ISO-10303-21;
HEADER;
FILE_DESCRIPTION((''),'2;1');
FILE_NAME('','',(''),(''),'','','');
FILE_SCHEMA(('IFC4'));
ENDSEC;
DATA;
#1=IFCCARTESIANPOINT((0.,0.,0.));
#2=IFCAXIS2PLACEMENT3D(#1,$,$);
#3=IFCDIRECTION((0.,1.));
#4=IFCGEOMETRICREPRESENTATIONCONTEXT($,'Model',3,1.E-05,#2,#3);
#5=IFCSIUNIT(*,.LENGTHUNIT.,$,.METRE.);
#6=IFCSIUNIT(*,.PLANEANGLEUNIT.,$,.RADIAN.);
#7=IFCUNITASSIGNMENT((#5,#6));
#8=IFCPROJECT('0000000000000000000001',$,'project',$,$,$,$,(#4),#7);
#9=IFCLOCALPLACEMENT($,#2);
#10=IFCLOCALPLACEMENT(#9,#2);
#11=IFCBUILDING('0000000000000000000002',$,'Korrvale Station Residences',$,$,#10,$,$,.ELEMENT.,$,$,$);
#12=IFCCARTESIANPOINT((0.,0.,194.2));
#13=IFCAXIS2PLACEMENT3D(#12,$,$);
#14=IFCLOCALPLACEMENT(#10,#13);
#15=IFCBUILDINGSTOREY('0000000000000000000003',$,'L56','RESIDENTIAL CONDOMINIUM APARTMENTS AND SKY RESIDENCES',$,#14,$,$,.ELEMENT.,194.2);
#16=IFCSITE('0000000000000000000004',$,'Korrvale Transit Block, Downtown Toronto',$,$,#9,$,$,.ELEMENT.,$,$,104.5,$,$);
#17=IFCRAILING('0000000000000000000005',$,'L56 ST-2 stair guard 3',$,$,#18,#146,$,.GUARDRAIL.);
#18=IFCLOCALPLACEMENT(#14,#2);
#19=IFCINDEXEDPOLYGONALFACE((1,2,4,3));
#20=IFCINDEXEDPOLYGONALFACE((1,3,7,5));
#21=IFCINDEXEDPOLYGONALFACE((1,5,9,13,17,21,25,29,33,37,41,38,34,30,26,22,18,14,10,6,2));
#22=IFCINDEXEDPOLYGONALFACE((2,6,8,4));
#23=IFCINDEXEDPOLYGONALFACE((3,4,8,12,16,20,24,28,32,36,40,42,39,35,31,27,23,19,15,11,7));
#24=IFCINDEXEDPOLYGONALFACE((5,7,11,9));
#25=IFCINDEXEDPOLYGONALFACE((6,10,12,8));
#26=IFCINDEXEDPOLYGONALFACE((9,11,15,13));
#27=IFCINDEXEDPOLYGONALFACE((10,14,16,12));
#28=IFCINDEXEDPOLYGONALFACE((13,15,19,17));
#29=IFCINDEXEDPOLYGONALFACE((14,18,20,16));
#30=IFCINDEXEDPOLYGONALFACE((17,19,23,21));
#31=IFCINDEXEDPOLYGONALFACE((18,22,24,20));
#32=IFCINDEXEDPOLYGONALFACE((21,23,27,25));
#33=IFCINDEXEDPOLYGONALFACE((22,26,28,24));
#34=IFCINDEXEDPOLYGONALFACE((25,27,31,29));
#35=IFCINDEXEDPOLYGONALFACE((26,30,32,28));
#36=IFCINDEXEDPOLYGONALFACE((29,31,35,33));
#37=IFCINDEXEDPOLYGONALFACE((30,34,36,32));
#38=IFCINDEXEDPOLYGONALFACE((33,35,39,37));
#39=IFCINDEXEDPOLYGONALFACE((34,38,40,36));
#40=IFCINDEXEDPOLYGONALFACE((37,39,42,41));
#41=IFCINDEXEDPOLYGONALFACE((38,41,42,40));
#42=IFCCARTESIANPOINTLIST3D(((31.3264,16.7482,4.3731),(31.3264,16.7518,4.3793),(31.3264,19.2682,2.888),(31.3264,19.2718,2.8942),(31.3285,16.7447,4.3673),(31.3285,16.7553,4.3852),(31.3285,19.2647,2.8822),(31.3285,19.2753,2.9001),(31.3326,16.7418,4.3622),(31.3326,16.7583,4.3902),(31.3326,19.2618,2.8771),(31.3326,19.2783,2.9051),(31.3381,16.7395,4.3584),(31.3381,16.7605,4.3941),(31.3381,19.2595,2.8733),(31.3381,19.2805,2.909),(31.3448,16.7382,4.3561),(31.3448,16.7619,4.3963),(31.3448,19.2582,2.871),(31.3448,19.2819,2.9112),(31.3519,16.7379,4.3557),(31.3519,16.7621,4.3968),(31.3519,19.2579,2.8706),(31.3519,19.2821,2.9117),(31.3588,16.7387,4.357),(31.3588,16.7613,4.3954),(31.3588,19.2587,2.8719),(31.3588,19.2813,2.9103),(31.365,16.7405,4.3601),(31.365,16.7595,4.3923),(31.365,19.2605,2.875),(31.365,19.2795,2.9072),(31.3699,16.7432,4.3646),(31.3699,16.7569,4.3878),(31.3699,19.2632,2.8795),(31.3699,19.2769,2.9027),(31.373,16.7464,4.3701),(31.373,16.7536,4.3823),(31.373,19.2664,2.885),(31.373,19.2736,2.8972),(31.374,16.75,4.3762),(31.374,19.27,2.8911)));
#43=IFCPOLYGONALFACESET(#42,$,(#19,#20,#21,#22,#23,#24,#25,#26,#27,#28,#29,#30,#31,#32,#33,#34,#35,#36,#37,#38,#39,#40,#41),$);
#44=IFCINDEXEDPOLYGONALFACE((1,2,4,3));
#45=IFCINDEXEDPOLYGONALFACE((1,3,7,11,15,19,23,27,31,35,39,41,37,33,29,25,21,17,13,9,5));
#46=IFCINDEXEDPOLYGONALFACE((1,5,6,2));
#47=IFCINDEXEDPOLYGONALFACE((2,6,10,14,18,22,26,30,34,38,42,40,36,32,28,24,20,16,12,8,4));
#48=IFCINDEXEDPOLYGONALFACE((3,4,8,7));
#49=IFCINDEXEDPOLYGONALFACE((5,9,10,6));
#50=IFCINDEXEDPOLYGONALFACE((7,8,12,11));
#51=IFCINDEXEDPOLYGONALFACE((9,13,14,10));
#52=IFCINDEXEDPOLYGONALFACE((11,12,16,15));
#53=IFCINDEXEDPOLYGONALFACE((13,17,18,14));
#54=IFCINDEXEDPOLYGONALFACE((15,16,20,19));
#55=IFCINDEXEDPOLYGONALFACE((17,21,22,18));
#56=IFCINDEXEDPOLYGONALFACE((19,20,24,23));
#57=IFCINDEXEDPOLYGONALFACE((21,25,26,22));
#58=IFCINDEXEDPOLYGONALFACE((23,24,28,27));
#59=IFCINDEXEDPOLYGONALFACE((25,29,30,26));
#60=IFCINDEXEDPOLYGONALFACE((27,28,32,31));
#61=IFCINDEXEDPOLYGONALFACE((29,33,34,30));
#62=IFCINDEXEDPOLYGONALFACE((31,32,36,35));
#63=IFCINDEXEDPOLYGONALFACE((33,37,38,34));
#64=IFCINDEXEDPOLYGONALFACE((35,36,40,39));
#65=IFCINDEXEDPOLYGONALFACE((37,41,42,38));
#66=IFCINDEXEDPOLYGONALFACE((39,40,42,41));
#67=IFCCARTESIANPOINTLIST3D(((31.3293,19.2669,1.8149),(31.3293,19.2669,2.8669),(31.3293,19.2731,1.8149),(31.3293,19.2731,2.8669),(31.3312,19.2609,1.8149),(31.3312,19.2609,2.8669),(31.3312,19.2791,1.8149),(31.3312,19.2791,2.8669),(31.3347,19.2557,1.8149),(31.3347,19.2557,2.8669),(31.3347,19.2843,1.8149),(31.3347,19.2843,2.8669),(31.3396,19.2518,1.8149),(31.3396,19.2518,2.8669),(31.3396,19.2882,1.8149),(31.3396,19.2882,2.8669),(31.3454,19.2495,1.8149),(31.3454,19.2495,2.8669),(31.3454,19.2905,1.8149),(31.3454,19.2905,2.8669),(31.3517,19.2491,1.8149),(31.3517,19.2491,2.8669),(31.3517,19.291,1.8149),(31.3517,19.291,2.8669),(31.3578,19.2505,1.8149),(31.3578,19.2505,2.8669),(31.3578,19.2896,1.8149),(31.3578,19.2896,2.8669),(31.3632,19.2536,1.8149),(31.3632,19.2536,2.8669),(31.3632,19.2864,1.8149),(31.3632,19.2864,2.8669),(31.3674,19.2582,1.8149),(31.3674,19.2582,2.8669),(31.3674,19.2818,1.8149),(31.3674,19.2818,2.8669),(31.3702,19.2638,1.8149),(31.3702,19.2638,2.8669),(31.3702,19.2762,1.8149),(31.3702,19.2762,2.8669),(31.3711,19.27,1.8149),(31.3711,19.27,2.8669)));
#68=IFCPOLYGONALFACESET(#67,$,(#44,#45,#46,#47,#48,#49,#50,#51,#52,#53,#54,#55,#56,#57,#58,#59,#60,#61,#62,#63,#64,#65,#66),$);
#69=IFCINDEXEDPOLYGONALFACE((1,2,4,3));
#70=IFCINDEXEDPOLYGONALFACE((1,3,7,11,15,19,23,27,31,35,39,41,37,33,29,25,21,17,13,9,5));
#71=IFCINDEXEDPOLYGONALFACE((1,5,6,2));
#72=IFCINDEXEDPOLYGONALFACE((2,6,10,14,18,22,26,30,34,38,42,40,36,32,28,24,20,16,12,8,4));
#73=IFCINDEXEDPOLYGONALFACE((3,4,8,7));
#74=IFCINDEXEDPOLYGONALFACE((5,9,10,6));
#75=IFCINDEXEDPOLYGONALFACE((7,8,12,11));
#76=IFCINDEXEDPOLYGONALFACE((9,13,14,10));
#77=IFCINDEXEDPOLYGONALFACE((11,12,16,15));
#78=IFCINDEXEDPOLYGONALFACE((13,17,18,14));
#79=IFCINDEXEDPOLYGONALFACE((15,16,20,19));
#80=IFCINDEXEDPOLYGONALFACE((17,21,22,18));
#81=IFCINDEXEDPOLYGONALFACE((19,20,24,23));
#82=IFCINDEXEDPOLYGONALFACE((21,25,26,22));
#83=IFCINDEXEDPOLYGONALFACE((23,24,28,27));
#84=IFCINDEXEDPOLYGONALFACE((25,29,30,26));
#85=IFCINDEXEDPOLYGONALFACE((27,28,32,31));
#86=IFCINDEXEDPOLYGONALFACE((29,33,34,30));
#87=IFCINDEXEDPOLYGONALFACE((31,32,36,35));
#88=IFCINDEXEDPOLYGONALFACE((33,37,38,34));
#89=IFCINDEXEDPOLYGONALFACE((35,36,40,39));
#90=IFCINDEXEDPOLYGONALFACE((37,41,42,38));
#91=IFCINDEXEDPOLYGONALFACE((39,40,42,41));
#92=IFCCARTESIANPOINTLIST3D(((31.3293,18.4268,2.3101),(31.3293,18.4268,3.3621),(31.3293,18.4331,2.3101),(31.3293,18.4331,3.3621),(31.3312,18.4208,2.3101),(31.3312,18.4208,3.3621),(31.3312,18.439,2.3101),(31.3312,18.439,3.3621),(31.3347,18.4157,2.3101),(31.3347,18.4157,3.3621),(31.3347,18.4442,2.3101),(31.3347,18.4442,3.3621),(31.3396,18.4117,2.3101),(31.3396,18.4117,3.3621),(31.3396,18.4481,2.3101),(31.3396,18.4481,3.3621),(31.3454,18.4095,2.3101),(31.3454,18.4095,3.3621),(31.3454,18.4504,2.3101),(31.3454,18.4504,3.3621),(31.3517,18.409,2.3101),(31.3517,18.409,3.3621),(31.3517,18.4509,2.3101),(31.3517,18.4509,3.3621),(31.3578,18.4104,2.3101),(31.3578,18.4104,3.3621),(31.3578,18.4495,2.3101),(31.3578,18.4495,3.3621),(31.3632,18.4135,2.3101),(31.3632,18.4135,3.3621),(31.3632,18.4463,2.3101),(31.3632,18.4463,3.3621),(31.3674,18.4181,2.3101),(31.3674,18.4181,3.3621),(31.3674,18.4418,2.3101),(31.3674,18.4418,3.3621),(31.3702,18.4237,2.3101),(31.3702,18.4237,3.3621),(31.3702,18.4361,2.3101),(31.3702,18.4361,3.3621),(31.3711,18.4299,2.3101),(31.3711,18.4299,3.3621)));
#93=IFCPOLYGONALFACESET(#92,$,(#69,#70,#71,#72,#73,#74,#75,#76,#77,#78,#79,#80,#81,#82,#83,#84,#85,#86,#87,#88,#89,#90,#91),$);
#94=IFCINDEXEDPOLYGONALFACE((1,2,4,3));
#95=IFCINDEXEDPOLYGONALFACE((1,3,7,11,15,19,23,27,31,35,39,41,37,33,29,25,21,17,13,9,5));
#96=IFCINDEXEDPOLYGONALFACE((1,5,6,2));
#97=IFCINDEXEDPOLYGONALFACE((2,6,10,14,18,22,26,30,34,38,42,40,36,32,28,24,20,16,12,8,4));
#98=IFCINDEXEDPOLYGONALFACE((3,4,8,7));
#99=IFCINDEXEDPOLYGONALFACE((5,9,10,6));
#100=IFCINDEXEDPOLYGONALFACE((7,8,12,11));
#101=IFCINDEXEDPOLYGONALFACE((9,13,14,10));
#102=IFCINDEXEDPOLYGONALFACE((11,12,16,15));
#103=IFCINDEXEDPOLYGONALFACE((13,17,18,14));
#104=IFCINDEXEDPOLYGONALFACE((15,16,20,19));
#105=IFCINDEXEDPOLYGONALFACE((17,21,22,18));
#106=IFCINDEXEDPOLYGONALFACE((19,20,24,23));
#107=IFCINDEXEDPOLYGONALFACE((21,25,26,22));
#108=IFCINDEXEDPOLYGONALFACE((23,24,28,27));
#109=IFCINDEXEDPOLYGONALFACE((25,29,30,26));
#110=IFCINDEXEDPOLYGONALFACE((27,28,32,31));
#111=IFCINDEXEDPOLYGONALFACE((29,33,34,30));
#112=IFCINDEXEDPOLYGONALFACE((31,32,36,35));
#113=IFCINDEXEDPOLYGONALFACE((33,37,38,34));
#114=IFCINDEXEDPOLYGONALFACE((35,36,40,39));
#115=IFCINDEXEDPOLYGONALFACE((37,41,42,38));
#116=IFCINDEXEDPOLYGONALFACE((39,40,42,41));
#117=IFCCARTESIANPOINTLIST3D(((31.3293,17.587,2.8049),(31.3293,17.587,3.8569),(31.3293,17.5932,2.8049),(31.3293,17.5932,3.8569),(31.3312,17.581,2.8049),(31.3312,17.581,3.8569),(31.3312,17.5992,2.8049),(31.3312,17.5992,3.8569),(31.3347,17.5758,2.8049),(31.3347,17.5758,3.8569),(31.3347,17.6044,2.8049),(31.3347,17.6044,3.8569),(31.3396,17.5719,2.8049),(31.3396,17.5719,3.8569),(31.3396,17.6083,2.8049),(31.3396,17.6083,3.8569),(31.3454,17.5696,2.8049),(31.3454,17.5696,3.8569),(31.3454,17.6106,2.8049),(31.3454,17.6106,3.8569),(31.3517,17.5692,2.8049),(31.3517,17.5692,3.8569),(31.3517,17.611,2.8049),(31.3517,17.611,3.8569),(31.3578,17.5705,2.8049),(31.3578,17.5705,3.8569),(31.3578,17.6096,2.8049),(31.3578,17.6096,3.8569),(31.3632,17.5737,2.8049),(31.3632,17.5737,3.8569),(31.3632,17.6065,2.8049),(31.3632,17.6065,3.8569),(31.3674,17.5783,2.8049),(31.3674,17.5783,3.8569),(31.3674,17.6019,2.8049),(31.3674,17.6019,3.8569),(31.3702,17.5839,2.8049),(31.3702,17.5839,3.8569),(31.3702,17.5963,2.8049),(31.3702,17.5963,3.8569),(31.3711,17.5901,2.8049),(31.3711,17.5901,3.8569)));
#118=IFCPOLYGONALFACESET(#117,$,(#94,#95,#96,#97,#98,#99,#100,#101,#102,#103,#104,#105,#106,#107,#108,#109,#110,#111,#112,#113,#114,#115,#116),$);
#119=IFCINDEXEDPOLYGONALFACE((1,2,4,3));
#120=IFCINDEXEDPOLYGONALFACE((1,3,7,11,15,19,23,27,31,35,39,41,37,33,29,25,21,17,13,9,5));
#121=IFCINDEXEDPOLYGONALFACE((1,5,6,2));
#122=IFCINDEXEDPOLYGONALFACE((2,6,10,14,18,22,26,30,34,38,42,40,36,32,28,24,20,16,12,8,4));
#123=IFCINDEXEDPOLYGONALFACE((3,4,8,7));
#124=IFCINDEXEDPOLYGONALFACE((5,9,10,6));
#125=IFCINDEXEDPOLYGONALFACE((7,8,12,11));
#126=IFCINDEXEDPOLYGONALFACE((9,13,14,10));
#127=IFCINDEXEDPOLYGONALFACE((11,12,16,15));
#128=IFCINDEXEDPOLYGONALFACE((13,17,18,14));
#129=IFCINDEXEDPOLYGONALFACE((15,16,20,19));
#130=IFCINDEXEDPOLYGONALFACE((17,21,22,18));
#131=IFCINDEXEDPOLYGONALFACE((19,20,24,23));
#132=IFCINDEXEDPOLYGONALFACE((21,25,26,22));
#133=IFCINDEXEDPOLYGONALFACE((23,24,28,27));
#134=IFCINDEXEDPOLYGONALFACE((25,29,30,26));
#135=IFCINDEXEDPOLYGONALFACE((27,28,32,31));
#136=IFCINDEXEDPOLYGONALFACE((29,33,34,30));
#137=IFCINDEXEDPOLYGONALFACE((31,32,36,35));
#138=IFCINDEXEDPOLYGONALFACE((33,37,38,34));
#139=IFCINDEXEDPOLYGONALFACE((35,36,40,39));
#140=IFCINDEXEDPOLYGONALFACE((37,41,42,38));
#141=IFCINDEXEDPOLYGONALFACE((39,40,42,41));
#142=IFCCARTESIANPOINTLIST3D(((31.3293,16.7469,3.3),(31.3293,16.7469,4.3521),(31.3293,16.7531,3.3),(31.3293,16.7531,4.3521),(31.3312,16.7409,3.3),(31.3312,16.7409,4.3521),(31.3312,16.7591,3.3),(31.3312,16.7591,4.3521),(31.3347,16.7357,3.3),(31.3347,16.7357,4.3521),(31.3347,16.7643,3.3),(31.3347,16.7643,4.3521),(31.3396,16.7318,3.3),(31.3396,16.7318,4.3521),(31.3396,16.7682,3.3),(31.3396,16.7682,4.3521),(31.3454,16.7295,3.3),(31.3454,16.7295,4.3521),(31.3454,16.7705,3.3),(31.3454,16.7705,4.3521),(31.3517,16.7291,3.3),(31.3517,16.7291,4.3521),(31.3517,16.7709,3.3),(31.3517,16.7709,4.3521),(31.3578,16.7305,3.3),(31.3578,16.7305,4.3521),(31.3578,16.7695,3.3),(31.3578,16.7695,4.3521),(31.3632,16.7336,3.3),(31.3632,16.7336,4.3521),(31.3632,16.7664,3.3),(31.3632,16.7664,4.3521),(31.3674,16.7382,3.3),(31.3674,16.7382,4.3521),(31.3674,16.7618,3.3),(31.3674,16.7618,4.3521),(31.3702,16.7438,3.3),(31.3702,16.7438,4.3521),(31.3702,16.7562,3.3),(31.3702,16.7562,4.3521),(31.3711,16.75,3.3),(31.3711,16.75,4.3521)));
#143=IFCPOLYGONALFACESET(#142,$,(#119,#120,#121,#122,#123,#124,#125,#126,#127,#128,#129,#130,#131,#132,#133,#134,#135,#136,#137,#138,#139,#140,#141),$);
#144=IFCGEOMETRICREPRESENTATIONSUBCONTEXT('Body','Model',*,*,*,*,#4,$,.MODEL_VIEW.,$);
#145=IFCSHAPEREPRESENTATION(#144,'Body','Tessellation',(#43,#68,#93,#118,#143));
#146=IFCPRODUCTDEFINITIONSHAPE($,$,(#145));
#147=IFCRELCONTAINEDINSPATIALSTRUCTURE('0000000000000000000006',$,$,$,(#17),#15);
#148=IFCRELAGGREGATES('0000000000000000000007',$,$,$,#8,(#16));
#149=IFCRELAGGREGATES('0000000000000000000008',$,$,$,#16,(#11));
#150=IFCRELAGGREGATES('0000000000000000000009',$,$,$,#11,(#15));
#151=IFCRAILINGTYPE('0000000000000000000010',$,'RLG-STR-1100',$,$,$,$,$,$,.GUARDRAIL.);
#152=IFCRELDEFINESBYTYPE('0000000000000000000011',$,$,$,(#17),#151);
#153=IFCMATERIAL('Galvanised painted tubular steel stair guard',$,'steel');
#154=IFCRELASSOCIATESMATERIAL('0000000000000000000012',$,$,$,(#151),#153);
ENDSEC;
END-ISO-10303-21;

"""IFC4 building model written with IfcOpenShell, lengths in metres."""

from ifc_helpers import new_model, si_unit, direction, frame, origin, origin_2d, place, context, subcontext, project, spatial, circle, extrude, material, type_object, element, save


model = new_model("IFC4")

# Units and contexts
model_context = context("Model", 3, precision=1e-05, world=origin(), true_north=direction((0.0, 1.0)))
body_context = subcontext(model_context, "Body", "Model", "MODEL_VIEW")
ifc_project = project(units=[si_unit("LENGTHUNIT", "METRE"), si_unit("PLANEANGLEUNIT", "RADIAN")], contexts=[model_context])

# Site, building, storey
site_placement = place(None, origin())
site = spatial("IfcSite", under=ifc_project, at=site_placement, Name="Korrvale Transit Block, Downtown Toronto", CompositionType="ELEMENT", RefElevation=104.5)
building_placement = place(site_placement, origin())
building = spatial("IfcBuilding", under=site, at=building_placement, Name="Korrvale Station Residences", CompositionType="ELEMENT")
storey_placement = place(building_placement, frame((0.0, 0.0, 194.2)))
storey = spatial("IfcBuildingStorey", under=building, at=storey_placement, Name="L56", Description="RESIDENTIAL CONDOMINIUM APARTMENTS AND SKY RESIDENCES", CompositionType="ELEMENT", Elevation=194.2)

# Railing
ifc_material_1 = material(Name="Galvanised painted tubular steel stair guard", Category="steel")
railing_type_1 = type_object("IfcRailingType", Name="RLG-STR-1100", PredefinedType="GUARDRAIL", material=ifc_material_1)
railing_1_placement = place(storey_placement, frame((31.3501, 19.27, 1.8149)))
element("IfcRailing", 1, at=railing_1_placement, inside=storey, type_object=railing_type_1, Name="L56 ST-2 stair guard 3", PredefinedType="GUARDRAIL", context=body_context, shape_type="SweptSolid", body=[
    extrude(circle(Radius=0.0239, at=origin_2d()), frame((0.0, 0.0, 1.0762), z_axis=(0.0, -0.861524, 0.507717), x_axis=(1.0, 0.0, 0.0)), (0.0, 0.0, 1.0), 2.925),
    extrude(circle(Radius=0.021, at=origin_2d()), origin(), (0.0, 0.0, 1.0), 1.052),
    extrude(circle(Radius=0.021, at=origin_2d()), frame((0.0, -0.8401, 0.4951)), (0.0, 0.0, 1.0), 1.052),
    extrude(circle(Radius=0.021, at=origin_2d()), frame((0.0, -1.6799, 0.99)), (0.0, 0.0, 1.0), 1.052),
    extrude(circle(Radius=0.021, at=origin_2d()), frame((0.0, -2.52, 1.4851)), (0.0, 0.0, 1.0), 1.052),
])

save(model, "model.ifc")
